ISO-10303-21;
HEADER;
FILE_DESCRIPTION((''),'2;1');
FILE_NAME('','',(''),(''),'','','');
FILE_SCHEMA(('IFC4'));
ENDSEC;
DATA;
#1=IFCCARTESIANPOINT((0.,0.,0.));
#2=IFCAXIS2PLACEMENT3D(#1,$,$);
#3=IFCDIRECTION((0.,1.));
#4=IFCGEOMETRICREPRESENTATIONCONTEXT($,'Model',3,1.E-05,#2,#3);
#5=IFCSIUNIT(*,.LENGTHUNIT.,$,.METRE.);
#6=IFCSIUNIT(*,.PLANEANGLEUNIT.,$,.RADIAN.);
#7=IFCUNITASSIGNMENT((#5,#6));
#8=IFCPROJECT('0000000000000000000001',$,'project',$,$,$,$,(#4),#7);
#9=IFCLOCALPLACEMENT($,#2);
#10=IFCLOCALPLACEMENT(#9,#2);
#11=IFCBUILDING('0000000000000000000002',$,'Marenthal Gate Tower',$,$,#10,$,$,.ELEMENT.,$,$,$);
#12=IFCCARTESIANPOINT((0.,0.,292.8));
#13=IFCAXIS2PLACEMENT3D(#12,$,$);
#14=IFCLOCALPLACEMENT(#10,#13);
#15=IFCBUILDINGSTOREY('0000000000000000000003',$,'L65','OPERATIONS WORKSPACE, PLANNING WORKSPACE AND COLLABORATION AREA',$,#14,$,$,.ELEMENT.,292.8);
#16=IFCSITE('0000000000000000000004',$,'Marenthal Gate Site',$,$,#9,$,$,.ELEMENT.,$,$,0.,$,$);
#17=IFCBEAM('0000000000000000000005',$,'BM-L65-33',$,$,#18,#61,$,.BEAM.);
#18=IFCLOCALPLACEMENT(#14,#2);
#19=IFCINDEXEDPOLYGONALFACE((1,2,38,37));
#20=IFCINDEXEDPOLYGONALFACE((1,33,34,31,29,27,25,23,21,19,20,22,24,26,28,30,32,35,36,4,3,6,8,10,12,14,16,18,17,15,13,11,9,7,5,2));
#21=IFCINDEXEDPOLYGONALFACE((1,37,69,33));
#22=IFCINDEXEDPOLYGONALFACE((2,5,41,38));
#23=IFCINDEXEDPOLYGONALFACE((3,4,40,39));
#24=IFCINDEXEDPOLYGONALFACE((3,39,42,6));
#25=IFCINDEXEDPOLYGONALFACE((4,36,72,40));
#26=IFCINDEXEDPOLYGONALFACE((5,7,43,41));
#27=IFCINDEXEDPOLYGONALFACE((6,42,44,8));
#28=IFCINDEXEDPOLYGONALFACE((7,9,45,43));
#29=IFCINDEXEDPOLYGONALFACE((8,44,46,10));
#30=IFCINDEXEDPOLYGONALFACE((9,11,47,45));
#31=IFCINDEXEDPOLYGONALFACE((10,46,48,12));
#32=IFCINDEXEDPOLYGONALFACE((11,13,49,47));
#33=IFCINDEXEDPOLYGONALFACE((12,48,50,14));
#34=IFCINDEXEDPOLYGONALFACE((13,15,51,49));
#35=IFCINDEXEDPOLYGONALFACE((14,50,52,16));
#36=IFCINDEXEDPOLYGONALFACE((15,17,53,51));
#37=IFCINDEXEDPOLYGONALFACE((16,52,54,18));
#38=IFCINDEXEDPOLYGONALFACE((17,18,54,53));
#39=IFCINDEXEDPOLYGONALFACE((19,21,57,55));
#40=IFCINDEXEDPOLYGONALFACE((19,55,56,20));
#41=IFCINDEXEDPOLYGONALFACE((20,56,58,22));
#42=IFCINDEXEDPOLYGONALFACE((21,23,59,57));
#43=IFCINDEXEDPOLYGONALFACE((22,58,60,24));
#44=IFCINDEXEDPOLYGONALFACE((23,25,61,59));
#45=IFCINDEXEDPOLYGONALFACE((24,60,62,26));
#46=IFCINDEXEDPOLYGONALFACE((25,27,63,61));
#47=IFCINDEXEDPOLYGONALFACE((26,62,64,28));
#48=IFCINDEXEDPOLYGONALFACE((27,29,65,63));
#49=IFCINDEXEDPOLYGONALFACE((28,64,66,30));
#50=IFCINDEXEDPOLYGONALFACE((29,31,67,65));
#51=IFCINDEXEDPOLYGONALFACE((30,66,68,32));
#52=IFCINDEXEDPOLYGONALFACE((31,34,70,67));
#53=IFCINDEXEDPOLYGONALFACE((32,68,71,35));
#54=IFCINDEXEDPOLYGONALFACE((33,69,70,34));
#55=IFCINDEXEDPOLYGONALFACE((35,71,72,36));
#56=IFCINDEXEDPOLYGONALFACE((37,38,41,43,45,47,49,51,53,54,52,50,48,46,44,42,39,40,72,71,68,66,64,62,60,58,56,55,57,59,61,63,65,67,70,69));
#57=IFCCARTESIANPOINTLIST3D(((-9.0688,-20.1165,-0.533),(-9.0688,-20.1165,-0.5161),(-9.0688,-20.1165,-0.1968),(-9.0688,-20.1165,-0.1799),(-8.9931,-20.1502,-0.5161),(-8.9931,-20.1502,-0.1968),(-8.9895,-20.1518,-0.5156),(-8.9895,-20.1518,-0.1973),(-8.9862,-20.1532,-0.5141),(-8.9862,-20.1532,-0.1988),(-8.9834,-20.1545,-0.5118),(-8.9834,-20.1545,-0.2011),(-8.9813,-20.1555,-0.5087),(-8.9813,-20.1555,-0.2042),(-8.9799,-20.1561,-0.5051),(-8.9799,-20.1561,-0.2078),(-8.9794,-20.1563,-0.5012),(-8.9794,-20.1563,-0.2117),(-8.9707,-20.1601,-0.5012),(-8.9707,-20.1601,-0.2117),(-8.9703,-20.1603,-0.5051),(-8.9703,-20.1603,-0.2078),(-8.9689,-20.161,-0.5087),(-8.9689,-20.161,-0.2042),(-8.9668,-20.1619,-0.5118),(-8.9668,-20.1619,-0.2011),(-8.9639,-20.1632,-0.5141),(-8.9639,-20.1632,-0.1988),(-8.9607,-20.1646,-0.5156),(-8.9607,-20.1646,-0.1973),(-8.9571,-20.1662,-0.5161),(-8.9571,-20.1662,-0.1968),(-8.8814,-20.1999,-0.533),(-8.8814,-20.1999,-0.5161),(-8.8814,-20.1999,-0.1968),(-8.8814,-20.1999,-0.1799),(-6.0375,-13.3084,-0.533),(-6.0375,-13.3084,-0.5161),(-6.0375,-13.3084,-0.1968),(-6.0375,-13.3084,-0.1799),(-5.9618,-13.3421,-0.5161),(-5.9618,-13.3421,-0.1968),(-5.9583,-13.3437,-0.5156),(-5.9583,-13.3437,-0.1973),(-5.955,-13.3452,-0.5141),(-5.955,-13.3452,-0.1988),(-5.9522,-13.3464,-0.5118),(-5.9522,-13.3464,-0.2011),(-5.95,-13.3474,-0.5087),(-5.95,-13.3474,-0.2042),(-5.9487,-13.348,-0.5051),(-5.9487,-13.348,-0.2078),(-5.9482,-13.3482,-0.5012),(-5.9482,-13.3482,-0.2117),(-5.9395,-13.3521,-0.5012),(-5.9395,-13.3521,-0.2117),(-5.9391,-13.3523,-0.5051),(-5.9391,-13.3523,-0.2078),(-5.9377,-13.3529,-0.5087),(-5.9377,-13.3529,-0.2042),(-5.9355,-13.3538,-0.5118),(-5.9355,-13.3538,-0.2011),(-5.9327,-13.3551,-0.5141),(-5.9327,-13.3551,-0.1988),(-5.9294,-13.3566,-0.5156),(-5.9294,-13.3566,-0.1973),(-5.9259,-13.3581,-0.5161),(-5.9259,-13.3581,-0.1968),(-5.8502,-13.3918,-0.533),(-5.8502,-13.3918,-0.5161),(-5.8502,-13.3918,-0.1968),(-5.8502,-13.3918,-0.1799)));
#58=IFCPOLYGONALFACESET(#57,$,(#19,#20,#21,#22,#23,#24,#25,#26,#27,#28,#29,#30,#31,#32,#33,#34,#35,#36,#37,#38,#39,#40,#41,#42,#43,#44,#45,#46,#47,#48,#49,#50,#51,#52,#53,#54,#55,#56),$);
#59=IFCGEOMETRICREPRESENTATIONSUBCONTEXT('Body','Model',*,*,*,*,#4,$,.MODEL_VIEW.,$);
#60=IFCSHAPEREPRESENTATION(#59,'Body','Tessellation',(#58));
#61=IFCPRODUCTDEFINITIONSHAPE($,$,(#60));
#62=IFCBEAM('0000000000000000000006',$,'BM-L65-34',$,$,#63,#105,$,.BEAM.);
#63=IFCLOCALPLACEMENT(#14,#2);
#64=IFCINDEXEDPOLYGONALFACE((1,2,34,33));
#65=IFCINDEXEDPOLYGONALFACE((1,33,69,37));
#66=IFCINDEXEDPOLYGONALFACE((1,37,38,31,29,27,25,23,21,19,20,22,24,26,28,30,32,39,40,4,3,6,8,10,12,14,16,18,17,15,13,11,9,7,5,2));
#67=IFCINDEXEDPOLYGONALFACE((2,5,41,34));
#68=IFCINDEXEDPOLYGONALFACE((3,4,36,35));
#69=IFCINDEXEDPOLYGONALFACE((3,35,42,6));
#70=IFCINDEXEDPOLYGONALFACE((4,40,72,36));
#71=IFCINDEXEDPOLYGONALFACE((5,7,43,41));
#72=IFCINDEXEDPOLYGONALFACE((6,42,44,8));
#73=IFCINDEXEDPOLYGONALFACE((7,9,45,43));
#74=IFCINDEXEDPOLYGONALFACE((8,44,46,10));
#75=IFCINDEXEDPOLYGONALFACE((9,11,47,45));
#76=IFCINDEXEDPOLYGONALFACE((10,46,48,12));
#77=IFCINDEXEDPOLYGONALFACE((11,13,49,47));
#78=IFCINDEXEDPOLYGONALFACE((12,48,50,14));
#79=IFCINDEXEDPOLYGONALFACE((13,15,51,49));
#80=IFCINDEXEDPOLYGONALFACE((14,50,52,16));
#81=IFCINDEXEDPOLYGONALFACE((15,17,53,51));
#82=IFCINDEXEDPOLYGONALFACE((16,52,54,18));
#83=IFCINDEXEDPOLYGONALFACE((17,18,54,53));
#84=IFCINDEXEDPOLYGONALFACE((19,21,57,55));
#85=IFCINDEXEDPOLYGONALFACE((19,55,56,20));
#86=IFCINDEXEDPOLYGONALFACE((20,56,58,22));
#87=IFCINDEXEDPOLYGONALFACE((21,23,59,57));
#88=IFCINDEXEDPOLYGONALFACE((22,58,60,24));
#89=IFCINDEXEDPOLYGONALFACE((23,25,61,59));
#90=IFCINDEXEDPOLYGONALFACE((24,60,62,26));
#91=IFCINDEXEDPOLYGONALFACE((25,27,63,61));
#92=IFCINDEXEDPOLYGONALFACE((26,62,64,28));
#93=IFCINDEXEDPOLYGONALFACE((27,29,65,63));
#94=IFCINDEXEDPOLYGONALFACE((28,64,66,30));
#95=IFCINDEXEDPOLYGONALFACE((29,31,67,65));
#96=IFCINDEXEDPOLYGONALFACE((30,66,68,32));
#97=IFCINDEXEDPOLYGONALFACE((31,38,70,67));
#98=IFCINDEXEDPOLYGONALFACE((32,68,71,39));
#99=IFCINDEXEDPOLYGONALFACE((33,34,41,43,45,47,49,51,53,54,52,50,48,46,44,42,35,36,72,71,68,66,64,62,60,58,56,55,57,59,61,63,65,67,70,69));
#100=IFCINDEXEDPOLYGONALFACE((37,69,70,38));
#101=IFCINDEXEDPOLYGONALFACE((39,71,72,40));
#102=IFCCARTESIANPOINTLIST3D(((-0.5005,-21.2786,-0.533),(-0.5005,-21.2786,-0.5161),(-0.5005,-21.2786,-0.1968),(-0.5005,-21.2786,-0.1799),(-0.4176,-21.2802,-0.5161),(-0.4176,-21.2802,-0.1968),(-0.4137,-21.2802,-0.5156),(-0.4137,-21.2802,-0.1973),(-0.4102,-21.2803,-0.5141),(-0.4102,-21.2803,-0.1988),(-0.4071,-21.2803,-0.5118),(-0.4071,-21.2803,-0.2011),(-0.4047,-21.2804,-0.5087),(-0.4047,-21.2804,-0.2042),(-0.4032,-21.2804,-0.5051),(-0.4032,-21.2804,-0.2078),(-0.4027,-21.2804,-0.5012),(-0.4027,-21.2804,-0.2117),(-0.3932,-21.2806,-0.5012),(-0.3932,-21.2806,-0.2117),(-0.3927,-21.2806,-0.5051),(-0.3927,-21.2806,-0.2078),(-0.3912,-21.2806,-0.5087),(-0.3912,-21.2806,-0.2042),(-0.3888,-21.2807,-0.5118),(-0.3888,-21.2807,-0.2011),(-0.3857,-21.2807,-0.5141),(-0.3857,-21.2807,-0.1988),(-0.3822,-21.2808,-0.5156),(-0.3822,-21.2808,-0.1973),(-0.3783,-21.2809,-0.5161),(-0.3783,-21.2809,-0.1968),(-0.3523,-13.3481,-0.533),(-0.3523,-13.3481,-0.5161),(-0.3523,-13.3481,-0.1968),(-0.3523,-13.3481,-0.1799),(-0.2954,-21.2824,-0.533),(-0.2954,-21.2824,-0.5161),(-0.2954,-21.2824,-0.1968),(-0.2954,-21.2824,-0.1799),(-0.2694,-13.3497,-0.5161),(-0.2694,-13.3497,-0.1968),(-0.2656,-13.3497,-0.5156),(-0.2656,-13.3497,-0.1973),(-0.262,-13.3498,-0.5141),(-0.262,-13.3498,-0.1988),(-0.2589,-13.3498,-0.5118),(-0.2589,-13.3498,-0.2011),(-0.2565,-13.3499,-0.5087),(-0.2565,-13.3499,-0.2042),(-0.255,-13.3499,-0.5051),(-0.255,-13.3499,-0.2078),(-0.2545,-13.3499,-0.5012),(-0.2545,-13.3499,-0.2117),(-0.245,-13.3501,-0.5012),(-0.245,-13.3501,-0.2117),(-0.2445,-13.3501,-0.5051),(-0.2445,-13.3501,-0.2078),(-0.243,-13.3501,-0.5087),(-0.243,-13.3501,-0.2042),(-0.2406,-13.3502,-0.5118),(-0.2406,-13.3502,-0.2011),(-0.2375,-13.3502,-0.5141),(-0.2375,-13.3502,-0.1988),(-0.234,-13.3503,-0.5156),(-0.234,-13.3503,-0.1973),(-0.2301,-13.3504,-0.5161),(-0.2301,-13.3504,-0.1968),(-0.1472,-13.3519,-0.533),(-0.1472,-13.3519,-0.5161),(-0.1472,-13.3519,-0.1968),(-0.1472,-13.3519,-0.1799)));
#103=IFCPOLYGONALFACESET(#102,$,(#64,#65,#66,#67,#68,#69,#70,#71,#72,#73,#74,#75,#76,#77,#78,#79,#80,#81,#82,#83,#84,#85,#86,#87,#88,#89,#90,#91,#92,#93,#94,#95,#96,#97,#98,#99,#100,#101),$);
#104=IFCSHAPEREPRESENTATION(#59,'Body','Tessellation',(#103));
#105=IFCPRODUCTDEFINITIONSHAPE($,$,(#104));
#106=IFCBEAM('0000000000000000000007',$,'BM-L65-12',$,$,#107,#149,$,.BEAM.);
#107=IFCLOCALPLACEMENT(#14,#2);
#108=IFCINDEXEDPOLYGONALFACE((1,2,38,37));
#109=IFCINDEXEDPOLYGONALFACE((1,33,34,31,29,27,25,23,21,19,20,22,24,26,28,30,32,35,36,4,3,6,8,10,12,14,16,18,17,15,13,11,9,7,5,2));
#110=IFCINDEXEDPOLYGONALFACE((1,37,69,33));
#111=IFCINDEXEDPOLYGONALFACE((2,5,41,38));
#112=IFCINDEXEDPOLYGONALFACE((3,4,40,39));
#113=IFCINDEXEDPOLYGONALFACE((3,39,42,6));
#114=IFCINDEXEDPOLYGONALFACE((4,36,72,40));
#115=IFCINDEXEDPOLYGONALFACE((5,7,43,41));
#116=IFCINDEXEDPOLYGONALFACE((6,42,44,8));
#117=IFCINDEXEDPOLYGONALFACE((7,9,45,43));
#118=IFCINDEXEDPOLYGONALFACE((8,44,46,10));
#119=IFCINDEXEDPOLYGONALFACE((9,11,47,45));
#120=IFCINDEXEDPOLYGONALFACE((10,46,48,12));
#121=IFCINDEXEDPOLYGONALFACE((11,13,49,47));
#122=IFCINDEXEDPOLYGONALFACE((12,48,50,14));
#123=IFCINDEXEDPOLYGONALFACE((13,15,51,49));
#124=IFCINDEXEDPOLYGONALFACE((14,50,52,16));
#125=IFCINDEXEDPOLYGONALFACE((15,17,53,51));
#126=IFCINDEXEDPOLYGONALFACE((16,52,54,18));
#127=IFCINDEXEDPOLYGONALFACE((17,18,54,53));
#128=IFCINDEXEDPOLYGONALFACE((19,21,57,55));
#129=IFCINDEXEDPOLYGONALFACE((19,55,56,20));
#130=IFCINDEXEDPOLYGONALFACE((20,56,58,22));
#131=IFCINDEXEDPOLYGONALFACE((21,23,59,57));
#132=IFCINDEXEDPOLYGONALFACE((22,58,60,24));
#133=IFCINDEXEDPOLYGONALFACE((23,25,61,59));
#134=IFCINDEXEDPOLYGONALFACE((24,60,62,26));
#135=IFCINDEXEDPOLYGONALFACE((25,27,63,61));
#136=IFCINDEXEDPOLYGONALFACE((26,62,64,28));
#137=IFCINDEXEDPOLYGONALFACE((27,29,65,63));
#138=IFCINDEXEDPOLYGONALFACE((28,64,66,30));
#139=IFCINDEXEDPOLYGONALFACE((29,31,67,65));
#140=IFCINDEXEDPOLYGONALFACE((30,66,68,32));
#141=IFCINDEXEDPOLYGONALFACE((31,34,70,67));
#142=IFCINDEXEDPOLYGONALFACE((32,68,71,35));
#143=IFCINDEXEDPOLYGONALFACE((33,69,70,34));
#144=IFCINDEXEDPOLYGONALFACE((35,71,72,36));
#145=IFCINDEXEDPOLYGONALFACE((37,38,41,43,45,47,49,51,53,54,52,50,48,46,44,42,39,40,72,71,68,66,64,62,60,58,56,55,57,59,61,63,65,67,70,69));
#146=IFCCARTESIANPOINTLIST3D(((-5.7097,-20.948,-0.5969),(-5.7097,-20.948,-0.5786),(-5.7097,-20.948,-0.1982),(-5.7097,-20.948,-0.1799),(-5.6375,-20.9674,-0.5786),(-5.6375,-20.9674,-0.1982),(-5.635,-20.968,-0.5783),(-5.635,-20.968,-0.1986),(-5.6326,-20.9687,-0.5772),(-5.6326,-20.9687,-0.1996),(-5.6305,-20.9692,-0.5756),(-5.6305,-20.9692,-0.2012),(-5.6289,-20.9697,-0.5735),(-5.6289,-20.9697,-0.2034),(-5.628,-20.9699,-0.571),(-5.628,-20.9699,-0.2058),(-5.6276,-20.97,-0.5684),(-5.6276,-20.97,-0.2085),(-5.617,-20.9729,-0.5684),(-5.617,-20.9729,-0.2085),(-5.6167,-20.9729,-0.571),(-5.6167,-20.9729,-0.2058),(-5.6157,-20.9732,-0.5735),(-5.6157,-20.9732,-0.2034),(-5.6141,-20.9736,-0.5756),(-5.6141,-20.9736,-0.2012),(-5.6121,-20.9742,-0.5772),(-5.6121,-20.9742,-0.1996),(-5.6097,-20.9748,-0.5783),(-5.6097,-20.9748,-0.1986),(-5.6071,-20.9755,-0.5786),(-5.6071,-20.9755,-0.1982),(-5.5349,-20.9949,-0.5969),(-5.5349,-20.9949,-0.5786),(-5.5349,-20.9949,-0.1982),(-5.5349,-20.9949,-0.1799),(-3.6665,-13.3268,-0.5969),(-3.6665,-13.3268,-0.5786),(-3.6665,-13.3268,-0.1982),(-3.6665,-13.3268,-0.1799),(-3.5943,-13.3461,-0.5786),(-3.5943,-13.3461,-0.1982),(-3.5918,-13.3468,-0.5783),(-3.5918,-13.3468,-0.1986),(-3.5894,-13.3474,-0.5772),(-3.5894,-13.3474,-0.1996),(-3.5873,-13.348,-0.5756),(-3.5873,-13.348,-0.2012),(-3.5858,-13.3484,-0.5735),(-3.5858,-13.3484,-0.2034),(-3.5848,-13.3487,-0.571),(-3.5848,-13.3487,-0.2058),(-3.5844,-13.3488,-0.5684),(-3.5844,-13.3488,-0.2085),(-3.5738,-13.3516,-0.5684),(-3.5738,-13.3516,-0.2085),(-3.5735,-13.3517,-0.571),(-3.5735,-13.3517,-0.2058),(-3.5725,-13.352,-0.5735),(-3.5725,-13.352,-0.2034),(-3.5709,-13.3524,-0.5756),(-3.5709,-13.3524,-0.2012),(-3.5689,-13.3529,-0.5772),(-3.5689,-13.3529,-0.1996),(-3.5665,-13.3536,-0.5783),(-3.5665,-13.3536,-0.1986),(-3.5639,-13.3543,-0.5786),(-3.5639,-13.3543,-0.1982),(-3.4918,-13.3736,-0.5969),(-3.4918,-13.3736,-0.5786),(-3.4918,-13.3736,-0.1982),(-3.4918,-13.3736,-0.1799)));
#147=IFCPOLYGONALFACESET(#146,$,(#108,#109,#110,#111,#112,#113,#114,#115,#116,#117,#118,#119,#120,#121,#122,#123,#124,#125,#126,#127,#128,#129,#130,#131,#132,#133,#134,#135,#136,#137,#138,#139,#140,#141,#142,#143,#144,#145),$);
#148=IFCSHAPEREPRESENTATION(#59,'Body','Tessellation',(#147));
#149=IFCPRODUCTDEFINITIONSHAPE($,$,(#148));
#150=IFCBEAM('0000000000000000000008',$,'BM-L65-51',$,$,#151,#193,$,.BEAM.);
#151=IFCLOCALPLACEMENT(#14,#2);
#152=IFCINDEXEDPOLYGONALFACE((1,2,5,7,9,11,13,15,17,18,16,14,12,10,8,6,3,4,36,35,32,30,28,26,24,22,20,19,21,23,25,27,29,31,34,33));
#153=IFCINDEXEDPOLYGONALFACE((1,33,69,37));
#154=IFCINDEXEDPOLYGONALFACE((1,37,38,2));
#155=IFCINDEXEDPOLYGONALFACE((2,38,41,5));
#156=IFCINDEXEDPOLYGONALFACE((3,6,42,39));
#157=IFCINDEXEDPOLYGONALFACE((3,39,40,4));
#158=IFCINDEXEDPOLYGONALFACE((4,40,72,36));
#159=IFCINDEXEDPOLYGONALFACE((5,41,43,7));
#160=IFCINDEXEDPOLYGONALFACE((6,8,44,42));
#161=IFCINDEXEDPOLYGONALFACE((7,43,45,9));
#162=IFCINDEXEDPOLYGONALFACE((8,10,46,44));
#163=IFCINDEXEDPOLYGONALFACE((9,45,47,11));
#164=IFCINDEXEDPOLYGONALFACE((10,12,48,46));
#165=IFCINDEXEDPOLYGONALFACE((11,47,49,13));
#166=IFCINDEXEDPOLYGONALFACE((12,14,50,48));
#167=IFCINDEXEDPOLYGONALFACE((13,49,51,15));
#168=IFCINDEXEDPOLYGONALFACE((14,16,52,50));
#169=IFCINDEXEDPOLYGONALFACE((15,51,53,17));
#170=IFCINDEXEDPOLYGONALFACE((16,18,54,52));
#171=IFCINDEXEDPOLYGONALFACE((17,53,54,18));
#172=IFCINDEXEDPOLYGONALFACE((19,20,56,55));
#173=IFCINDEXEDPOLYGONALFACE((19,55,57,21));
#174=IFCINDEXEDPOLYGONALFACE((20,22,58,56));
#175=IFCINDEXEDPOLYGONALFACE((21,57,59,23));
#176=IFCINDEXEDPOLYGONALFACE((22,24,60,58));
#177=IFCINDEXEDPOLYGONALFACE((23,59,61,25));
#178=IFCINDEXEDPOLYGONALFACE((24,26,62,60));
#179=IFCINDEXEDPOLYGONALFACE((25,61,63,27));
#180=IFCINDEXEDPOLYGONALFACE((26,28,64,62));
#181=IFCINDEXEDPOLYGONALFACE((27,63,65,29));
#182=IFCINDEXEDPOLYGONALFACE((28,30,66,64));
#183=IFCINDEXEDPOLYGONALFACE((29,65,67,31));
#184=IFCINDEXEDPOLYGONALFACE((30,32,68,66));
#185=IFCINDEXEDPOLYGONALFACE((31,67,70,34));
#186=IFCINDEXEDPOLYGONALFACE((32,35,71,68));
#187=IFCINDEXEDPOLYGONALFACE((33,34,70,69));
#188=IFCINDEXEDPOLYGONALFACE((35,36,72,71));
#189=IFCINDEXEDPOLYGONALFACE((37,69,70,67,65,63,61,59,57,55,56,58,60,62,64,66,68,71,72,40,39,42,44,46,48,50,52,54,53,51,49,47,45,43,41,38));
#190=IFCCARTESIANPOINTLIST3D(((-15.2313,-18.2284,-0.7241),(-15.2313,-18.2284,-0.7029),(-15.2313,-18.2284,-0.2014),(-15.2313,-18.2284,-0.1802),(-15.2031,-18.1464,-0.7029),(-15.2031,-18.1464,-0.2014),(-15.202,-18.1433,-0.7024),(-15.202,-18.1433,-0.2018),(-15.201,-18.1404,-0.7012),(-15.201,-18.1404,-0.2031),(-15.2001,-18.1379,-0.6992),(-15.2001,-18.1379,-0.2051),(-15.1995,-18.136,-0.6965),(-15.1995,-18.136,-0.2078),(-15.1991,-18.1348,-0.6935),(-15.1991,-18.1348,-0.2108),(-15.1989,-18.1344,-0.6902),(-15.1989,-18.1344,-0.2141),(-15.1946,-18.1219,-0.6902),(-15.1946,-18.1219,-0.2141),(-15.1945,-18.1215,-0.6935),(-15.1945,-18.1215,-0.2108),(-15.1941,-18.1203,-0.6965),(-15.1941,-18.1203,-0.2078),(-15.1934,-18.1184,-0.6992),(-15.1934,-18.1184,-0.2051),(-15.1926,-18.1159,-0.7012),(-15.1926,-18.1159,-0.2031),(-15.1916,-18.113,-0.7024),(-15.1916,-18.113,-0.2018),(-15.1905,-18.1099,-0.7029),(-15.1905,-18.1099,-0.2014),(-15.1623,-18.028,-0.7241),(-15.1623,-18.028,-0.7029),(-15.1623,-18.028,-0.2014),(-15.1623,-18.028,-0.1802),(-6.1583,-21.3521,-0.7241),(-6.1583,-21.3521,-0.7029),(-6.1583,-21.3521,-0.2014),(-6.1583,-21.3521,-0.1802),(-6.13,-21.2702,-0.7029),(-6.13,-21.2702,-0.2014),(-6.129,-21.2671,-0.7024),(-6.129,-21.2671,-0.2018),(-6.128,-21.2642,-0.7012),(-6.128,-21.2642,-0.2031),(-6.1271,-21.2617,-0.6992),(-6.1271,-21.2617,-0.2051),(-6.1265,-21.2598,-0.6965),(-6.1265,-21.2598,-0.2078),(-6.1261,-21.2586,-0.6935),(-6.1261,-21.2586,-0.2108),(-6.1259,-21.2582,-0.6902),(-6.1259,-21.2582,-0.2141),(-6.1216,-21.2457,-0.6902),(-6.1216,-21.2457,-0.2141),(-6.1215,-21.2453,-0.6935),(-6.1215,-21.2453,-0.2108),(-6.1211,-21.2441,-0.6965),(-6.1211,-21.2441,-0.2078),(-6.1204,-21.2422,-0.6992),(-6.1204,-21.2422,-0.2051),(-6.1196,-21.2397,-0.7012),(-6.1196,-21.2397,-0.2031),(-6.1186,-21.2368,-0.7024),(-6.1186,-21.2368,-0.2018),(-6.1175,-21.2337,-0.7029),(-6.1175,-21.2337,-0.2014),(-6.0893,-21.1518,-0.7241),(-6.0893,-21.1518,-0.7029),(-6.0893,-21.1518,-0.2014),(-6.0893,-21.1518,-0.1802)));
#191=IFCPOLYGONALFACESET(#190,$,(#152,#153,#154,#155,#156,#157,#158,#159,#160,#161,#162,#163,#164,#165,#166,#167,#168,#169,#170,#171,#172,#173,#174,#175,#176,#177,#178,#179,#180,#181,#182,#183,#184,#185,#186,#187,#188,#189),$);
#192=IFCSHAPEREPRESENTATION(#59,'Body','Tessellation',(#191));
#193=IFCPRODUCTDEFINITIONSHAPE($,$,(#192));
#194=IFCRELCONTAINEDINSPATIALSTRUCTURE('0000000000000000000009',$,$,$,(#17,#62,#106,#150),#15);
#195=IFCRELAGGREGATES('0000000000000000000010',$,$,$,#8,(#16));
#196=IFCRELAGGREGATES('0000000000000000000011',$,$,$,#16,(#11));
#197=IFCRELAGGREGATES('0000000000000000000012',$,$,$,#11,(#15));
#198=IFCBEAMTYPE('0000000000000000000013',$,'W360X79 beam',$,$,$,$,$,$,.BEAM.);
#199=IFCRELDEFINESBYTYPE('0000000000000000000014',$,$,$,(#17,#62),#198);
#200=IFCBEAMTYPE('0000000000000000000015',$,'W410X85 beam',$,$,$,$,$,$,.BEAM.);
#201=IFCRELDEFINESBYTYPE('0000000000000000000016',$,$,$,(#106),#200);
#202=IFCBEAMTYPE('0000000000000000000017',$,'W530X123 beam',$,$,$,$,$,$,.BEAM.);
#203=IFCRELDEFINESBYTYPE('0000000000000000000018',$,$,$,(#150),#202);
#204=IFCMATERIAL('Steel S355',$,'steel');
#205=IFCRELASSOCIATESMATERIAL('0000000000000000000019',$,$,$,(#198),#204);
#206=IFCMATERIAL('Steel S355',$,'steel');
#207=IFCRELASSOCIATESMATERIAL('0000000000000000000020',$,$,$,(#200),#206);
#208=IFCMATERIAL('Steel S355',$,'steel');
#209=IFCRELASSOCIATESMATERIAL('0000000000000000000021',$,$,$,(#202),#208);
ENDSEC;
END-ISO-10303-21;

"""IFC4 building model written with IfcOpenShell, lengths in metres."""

from ifc_helpers import new_model, si_unit, direction, frame, origin, origin_2d, place, context, subcontext, project, spatial, i_section, extrude, material, material_profile, profile_set, type_object, element, save


model = new_model("IFC4")

# Units and contexts
model_context = context("Model", 3, precision=1e-05, world=origin(), true_north=direction((0.0, 1.0)))
body_context = subcontext(model_context, "Body", "Model", "MODEL_VIEW")
ifc_project = project(units=[si_unit("LENGTHUNIT", "METRE"), si_unit("PLANEANGLEUNIT", "RADIAN")], contexts=[model_context])

# Site, building, storey
site_placement = place(None, origin())
site = spatial("IfcSite", under=ifc_project, at=site_placement, Name="Marenthal Gate Site", CompositionType="ELEMENT", RefElevation=0.0)
building_placement = place(site_placement, origin())
building = spatial("IfcBuilding", under=site, at=building_placement, Name="Marenthal Gate Tower", CompositionType="ELEMENT")
storey_placement = place(building_placement, frame((0.0, 0.0, 292.8)))
storey = spatial("IfcBuildingStorey", under=building, at=storey_placement, Name="L65", Description="OPERATIONS WORKSPACE, PLANNING WORKSPACE AND COLLABORATION AREA", CompositionType="ELEMENT", Elevation=292.8)

# Beams
ifc_material_1 = material(Name="Steel S355", Category="steel")
ifc_material_profile_1 = material_profile(ifc_material_1, i_section(OverallWidth=0.2051, OverallDepth=0.353, WebThickness=0.0095, FlangeThickness=0.0168, FilletRadius=0.0149, at=origin_2d()), Name="W360X79")
ifc_profile_set_1 = profile_set([ifc_material_profile_1], Name="Steel S355")
beam_type_1 = type_object("IfcBeamType", Name="W360X79 beam", PredefinedType="BEAM", material=ifc_profile_set_1)
beam_1_placement = place(storey_placement, frame((-8.9751, -20.1582, -0.3564), z_axis=(0.406746, 0.913541, 0.0), x_axis=(-0.913541, 0.406746, 0.0)))
element("IfcBeam", 1, at=beam_1_placement, inside=storey, type_object=beam_type_1, Name="BM-L65-33", PredefinedType="BEAM", context=body_context, shape_type="SweptSolid", body=[
    extrude(i_section(OverallWidth=0.2051, OverallDepth=0.353, WebThickness=0.0095, FlangeThickness=0.0168, FilletRadius=0.0149, at=origin_2d()), origin(), (0.0, 0.0, 1.0), 7.4524),
])
beam_2_placement = place(storey_placement, frame((-0.3979, -21.2805, -0.3564), z_axis=(0.018683, 0.999825, 0.0), x_axis=(-0.999825, 0.018683, 0.0)))
element("IfcBeam", 2, at=beam_2_placement, inside=storey, type_object=beam_type_1, Name="BM-L65-34", PredefinedType="BEAM", context=body_context, shape_type="SweptSolid", body=[
    extrude(i_section(OverallWidth=0.2051, OverallDepth=0.353, WebThickness=0.0095, FlangeThickness=0.0168, FilletRadius=0.0149, at=origin_2d()), origin(), (0.0, 0.0, 1.0), 7.9319),
])
ifc_material_2 = material(Name="Steel S355", Category="steel")
ifc_material_profile_2 = material_profile(ifc_material_2, i_section(OverallWidth=0.1809, OverallDepth=0.417, WebThickness=0.011, FlangeThickness=0.0183, FilletRadius=0.0103, at=origin_2d()), Name="W410X85")
ifc_profile_set_2 = profile_set([ifc_material_profile_2], Name="Steel S355")
beam_type_2 = type_object("IfcBeamType", Name="W410X85 beam", PredefinedType="BEAM", material=ifc_profile_set_2)
beam_3_placement = place(storey_placement, frame((-5.6223, -20.9714, -0.3884), z_axis=(0.258947, 0.965892, 0.0), x_axis=(-0.965892, 0.258947, 0.0)))
element("IfcBeam", 3, at=beam_3_placement, inside=storey, type_object=beam_type_2, Name="BM-L65-12", PredefinedType="BEAM", context=body_context, shape_type="SweptSolid", body=[
    extrude(i_section(OverallWidth=0.1809, OverallDepth=0.417, WebThickness=0.011, FlangeThickness=0.0183, FilletRadius=0.0103, at=origin_2d()), origin(), (0.0, 0.0, 1.0), 7.8904),
])
ifc_material_3 = material(Name="Steel S355", Category="steel")
ifc_material_profile_3 = material_profile(ifc_material_3, i_section(OverallWidth=0.2119, OverallDepth=0.5439, WebThickness=0.0132, FlangeThickness=0.0212, FilletRadius=0.0127, at=origin_2d()), Name="W530X123")
ifc_profile_set_3 = profile_set([ifc_material_profile_3], Name="Steel S355")
beam_type_3 = type_object("IfcBeamType", Name="W530X123 beam", PredefinedType="BEAM", material=ifc_profile_set_3)
beam_4_placement = place(storey_placement, frame((-15.1968, -18.1282, -0.4521), z_axis=(0.945528, -0.32554, 0.0), x_axis=(0.32554, 0.945528, 0.0)))
element("IfcBeam", 4, at=beam_4_placement, inside=storey, type_object=beam_type_3, Name="BM-L65-51", PredefinedType="BEAM", context=body_context, shape_type="SweptSolid", body=[
    extrude(i_section(OverallWidth=0.2119, OverallDepth=0.5439, WebThickness=0.0132, FlangeThickness=0.0212, FilletRadius=0.0127, at=origin_2d()), origin(), (0.0, 0.0, 1.0), 9.5957),
])

save(model, "model.ifc")
